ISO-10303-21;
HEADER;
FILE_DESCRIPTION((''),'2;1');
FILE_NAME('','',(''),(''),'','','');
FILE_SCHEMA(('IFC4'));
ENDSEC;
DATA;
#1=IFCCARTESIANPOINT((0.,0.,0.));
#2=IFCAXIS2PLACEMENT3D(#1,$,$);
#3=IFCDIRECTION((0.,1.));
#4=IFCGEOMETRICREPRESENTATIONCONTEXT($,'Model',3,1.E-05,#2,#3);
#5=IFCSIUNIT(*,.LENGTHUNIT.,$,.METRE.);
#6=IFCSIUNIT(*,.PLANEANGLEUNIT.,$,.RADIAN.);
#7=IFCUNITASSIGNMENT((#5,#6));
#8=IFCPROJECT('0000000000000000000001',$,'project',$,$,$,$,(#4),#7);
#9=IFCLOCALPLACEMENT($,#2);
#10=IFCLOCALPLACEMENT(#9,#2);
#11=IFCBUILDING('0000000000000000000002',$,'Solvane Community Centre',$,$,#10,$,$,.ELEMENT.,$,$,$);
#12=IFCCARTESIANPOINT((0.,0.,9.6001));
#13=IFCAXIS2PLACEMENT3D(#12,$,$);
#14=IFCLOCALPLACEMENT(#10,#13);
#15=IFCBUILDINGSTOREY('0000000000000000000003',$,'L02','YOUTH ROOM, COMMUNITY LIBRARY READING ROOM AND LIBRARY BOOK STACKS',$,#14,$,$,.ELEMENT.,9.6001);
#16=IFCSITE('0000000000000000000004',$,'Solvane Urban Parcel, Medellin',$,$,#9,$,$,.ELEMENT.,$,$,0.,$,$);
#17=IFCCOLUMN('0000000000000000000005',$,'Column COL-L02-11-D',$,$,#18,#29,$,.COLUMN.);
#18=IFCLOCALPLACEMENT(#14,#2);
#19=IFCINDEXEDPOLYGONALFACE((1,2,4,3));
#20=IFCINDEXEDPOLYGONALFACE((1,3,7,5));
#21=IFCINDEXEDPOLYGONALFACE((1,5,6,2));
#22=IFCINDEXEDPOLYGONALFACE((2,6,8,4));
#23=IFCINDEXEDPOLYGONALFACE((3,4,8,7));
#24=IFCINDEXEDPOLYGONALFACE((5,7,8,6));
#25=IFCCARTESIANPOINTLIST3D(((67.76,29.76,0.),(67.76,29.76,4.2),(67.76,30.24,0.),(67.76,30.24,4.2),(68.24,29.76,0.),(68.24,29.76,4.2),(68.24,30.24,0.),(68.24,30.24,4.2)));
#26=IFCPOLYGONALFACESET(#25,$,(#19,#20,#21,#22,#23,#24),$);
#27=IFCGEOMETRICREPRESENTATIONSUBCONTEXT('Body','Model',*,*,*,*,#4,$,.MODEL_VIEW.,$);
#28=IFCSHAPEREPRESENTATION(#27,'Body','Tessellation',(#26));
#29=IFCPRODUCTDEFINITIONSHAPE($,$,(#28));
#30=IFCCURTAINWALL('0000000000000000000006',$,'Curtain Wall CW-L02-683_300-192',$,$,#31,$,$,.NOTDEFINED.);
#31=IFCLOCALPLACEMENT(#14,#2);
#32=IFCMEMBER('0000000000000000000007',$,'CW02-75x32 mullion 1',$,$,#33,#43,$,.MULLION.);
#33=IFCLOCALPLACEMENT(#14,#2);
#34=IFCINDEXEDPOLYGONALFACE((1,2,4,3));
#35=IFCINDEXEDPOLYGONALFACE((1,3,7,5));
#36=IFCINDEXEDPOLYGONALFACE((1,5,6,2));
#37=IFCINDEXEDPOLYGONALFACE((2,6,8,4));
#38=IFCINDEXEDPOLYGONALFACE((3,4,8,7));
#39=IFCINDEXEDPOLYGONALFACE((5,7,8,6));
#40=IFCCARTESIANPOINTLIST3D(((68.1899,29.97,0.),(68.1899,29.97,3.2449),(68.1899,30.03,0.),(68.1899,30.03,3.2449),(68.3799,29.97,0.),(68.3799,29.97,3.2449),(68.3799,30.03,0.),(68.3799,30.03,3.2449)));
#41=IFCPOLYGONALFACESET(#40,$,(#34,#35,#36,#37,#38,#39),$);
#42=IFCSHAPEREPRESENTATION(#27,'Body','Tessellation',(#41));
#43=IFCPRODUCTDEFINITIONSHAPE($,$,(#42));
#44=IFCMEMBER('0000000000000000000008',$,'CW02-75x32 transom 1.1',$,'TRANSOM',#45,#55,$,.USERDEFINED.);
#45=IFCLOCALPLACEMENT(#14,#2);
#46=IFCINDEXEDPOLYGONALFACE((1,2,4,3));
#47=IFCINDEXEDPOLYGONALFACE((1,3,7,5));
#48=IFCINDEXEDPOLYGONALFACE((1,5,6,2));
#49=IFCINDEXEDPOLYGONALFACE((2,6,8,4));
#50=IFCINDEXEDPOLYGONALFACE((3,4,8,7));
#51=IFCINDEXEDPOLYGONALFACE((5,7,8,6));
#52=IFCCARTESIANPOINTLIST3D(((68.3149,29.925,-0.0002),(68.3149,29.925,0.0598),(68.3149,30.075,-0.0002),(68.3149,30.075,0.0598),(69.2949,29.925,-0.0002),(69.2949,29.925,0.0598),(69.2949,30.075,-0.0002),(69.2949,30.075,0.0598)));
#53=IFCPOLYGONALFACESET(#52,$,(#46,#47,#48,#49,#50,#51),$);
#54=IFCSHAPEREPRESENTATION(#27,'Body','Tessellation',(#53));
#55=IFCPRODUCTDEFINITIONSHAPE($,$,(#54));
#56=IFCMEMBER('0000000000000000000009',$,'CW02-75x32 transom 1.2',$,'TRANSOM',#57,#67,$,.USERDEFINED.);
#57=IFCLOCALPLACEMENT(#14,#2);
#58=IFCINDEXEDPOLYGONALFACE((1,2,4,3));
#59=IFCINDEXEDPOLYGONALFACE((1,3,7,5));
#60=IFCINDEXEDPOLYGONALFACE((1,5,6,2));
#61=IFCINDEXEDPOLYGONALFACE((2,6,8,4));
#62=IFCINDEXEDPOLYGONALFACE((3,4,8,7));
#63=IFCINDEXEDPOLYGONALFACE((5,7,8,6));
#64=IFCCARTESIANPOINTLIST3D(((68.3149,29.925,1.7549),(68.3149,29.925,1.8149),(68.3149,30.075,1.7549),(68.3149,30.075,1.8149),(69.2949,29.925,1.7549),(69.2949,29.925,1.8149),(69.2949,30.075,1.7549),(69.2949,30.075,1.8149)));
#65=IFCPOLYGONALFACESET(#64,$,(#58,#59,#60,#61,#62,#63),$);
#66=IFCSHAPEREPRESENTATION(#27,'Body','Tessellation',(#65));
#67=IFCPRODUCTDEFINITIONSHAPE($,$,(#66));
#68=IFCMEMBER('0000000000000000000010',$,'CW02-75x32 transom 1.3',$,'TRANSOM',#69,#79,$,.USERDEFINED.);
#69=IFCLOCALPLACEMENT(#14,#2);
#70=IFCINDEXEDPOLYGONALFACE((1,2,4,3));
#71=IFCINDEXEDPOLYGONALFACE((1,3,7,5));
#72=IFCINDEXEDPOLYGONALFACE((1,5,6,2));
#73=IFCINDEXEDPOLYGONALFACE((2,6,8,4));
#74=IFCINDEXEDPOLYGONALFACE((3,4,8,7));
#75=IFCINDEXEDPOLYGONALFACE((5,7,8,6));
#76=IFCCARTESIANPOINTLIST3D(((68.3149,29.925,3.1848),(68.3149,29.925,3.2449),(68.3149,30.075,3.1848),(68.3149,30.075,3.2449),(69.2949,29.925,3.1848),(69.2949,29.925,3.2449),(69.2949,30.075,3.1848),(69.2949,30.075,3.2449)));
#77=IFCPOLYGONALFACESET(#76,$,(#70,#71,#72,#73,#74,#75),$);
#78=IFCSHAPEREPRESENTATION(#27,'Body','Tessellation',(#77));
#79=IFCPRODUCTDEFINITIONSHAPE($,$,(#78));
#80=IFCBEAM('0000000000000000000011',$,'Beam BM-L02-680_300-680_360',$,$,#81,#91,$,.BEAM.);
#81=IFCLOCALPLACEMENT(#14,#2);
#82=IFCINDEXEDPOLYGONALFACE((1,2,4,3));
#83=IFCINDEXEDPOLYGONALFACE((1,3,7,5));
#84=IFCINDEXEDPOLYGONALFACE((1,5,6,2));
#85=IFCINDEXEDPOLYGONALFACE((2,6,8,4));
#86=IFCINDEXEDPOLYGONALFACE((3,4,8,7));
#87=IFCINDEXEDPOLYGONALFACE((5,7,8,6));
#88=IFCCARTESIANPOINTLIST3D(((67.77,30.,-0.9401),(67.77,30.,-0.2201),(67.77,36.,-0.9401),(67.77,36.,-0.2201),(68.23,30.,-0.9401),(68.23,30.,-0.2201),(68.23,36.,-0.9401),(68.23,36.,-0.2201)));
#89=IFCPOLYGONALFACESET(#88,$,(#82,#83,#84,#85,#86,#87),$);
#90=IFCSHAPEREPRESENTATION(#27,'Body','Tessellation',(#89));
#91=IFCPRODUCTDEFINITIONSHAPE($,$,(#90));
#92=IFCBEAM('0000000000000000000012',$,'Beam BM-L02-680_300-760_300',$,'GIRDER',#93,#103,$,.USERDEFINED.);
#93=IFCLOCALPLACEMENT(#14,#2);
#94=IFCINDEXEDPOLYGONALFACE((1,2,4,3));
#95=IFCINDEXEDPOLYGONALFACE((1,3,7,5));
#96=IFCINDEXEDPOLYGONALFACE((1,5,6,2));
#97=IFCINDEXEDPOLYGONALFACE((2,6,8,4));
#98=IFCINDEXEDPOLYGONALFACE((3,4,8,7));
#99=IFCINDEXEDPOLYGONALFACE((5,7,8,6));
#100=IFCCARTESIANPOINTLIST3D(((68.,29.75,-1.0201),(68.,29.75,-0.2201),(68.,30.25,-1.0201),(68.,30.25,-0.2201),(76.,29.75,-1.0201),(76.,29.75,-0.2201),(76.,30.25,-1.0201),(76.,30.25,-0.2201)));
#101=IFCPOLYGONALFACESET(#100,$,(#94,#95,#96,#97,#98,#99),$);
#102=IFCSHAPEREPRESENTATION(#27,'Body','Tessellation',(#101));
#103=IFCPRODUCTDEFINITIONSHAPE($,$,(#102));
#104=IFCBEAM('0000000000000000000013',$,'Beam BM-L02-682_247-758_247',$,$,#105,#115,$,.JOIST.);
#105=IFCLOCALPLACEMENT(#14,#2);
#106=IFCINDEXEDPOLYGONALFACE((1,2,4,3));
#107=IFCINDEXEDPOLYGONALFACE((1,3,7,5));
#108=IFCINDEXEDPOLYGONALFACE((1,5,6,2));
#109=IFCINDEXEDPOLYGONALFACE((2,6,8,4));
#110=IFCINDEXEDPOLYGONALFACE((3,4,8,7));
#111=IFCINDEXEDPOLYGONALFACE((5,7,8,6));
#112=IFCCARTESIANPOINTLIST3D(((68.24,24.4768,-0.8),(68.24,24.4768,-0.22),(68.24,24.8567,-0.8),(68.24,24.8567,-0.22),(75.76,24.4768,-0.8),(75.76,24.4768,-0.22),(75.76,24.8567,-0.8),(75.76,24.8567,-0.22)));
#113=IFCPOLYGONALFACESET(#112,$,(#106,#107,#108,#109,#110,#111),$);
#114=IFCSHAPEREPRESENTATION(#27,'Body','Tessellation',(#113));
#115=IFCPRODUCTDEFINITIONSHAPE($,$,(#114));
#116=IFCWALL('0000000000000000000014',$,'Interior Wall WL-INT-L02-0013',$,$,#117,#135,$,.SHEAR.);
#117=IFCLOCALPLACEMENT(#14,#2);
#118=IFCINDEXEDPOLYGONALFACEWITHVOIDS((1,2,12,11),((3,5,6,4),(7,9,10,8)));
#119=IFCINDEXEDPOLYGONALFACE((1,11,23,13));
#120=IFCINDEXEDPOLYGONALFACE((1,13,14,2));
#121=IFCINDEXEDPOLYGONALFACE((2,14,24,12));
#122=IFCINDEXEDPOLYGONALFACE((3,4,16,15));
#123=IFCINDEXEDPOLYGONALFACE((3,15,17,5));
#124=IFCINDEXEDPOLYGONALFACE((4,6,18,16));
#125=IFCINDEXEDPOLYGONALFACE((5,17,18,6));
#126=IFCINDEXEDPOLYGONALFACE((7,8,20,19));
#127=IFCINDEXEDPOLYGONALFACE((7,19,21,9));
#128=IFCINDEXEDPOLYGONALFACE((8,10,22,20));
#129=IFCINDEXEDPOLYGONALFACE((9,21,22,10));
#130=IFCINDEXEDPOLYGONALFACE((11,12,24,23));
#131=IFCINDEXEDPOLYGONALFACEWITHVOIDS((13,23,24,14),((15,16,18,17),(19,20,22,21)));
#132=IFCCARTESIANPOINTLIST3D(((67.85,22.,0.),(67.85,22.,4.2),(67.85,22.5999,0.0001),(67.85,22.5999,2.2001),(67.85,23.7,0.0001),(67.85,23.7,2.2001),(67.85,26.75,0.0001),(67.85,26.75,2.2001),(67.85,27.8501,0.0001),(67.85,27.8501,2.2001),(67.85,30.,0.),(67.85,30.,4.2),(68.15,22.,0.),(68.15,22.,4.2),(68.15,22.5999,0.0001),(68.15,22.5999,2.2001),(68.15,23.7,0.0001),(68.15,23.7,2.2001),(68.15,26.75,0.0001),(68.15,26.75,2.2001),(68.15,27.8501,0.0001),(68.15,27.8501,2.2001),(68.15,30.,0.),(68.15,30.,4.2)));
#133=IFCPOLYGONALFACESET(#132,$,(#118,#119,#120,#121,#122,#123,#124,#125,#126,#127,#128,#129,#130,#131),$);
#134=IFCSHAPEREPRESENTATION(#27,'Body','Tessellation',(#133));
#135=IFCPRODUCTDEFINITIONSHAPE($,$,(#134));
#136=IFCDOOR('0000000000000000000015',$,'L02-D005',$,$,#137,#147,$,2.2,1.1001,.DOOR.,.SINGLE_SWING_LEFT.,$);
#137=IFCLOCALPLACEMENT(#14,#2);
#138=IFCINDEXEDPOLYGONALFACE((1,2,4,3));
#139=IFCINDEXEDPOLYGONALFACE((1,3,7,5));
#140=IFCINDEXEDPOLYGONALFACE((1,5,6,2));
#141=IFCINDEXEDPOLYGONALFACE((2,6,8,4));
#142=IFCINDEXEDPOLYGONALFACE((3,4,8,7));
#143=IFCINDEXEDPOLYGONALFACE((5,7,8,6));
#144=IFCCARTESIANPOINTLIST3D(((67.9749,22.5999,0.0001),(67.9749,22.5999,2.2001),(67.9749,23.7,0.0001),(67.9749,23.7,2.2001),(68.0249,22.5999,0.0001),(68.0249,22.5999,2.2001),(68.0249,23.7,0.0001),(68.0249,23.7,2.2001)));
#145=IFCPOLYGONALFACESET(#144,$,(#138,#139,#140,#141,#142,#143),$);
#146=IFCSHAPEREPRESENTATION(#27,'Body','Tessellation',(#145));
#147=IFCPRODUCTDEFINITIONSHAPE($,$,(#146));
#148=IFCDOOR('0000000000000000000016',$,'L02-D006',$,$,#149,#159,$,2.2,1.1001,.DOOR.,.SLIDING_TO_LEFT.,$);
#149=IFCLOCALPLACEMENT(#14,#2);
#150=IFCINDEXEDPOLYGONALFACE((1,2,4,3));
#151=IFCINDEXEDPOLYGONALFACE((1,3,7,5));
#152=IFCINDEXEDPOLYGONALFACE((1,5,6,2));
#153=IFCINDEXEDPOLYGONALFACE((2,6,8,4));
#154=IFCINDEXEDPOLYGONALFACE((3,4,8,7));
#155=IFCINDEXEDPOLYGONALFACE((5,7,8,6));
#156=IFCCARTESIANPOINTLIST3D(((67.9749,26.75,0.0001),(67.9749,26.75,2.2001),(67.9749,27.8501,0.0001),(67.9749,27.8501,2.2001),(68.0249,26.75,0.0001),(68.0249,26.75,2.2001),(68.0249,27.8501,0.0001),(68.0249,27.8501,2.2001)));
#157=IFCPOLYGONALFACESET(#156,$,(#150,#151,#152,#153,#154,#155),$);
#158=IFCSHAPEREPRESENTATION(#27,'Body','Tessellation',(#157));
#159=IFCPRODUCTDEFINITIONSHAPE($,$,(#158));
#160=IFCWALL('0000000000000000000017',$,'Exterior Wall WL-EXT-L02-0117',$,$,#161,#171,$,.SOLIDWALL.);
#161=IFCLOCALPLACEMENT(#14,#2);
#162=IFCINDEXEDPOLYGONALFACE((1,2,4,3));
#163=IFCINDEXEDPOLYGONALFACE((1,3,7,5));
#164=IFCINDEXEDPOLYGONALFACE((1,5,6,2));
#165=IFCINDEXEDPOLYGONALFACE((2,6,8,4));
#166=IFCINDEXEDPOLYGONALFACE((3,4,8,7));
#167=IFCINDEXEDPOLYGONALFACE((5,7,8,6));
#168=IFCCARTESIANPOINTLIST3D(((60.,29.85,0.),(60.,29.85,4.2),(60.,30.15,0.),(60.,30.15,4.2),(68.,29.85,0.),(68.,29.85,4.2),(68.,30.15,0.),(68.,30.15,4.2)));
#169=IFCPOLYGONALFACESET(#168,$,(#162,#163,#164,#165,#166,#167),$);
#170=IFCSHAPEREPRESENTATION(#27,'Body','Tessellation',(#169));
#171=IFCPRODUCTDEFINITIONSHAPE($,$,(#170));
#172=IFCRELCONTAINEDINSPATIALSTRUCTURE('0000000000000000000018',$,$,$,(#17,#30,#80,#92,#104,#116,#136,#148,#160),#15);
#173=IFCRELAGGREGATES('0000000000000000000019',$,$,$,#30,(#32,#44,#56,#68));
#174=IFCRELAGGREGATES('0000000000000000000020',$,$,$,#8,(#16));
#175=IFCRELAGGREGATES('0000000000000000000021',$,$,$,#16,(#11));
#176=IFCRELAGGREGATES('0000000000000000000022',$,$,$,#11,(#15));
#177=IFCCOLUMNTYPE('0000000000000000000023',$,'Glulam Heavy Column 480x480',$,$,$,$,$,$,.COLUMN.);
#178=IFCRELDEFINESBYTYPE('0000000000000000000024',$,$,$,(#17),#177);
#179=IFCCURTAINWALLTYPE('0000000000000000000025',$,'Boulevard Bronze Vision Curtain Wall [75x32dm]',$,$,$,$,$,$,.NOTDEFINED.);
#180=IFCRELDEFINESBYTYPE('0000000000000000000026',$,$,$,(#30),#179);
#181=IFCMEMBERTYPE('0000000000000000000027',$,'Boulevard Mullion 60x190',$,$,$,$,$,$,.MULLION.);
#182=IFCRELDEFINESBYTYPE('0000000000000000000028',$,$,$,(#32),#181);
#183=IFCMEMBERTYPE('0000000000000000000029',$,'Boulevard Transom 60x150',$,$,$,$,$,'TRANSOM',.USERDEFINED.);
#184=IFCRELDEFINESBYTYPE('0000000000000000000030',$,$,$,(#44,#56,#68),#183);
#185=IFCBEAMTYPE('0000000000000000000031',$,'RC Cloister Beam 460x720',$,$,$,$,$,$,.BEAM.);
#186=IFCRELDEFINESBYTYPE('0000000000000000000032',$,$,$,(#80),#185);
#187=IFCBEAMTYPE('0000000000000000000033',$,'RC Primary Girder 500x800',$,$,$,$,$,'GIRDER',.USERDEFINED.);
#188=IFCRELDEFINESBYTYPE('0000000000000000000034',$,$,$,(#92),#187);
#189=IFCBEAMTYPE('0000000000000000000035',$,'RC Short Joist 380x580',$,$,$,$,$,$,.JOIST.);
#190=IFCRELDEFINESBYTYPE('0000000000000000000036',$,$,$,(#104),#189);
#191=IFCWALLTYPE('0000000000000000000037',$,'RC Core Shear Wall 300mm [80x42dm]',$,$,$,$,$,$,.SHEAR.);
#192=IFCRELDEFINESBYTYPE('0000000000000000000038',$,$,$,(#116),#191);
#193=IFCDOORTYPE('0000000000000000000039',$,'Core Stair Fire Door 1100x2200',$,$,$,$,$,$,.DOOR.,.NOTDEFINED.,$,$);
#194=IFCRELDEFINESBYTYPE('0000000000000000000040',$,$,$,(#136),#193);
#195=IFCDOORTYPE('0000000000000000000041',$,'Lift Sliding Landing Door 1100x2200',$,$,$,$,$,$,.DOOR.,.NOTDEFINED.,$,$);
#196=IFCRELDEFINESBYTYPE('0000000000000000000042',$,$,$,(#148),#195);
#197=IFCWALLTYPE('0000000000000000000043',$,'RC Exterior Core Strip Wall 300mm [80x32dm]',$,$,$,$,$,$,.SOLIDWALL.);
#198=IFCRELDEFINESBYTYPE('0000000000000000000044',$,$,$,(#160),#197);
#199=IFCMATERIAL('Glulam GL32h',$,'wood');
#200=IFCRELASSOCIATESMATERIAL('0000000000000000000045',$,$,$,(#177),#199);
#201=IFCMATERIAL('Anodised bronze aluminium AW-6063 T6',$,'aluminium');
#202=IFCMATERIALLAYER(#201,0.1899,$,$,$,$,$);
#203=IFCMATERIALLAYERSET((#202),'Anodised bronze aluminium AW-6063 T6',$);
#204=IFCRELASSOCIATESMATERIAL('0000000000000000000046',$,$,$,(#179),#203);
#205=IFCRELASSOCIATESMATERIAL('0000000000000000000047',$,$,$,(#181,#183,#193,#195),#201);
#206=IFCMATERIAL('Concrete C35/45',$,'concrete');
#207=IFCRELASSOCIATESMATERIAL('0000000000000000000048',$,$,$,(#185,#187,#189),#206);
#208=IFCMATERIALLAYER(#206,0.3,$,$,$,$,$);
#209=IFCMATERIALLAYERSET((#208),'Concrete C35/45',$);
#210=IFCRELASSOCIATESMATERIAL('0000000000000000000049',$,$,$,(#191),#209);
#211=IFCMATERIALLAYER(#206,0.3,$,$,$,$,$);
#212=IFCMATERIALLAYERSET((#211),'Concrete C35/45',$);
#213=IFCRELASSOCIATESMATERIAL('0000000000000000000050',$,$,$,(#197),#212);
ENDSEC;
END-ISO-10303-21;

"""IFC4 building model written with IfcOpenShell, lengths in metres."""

from ifc_helpers import new_model, si_unit, direction, frame, frame_2d, origin, origin_2d, place, context, subcontext, project, spatial, rectangle, extrude, material, layer, layer_set, material_profile, profile_set, type_object, element, fill, aggregate, save


model = new_model("IFC4")

# Units and contexts
model_context = context("Model", 3, precision=1e-05, world=origin(), true_north=direction((0.0, 1.0)))
body_context = subcontext(model_context, "Body", "Model", "MODEL_VIEW")
ifc_project = project(units=[si_unit("LENGTHUNIT", "METRE"), si_unit("PLANEANGLEUNIT", "RADIAN")], contexts=[model_context])

# Site, building, storey
site_placement = place(None, origin())
site = spatial("IfcSite", under=ifc_project, at=site_placement, Name="Solvane Urban Parcel, Medellin", CompositionType="ELEMENT", RefElevation=0.0)
building_placement = place(site_placement, origin())
building = spatial("IfcBuilding", under=site, at=building_placement, Name="Solvane Community Centre", CompositionType="ELEMENT")
storey_placement = place(building_placement, frame((0.0, 0.0, 9.6001)))
storey = spatial("IfcBuildingStorey", under=building, at=storey_placement, Name="L02", Description="YOUTH ROOM, COMMUNITY LIBRARY READING ROOM AND LIBRARY BOOK STACKS", CompositionType="ELEMENT", Elevation=9.6001)

# Column
ifc_material_1 = material(Name="Glulam GL32h", Category="wood")
ifc_material_profile_1 = material_profile(ifc_material_1, rectangle(XDim=0.48, YDim=0.48, at=origin_2d()), Name="GL32h 480x480")
ifc_profile_set_1 = profile_set([ifc_material_profile_1], Name="Glulam GL32h")
column_type = type_object("IfcColumnType", Name="Glulam Heavy Column 480x480", PredefinedType="COLUMN", material=ifc_profile_set_1)
column_placement = place(storey_placement, frame((68.0, 30.0, 0.0), z_axis=(0.0, 0.0, 1.0), x_axis=(1.0, 0.0, 0.0)))
element("IfcColumn", 1, at=column_placement, inside=storey, type_object=column_type, Name="Column COL-L02-11-D", PredefinedType="COLUMN", context=body_context, shape_type="SweptSolid", body=[
    extrude(rectangle(XDim=0.48, YDim=0.48, at=origin_2d()), origin(), (0.0, 0.0, 1.0), 4.2),
])

# Curtain wall, members
ifc_material_2 = material(Name="Anodised bronze aluminium AW-6063 T6", Category="aluminium")
ifc_layer_1 = layer(ifc_material_2, 0.1899)
ifc_layer_set_1 = layer_set([ifc_layer_1], Name="Anodised bronze aluminium AW-6063 T6")
curtain_wall_type = type_object("IfcCurtainWallType", Name="Boulevard Bronze Vision Curtain Wall [75x32dm]", PredefinedType="NOTDEFINED", material=ifc_layer_set_1)
curtain_wall_placement = place(storey_placement, origin())
curtain_wall = element("IfcCurtainWall", 2, at=curtain_wall_placement, inside=storey, type_object=curtain_wall_type, Name="Curtain Wall CW-L02-683_300-192", PredefinedType="NOTDEFINED")
ifc_material_profile_2 = material_profile(ifc_material_2, rectangle(XDim=0.0601, YDim=0.1899, at=origin_2d()), Name="CW-M 60x190")
ifc_profile_set_2 = profile_set([ifc_material_profile_2], Name="Anodised bronze aluminium AW-6063 T6")
member_type_1 = type_object("IfcMemberType", Name="Boulevard Mullion 60x190", PredefinedType="MULLION", material=ifc_profile_set_2)
member_1_placement = place(storey_placement, frame((68.2849, 30.0, 0.0), z_axis=(0.0, 0.0, 1.0), x_axis=(0.0, 1.0, 0.0)))
member_1 = element("IfcMember", 3, at=member_1_placement, type_object=member_type_1, Name="CW02-75x32 mullion 1", PredefinedType="MULLION", context=body_context, shape_type="SweptSolid", body=[
    extrude(rectangle(XDim=0.0601, YDim=0.1899, at=origin_2d()), origin(), (0.0, 0.0, 1.0), 3.2449),
])
ifc_material_profile_3 = material_profile(ifc_material_2, rectangle(XDim=0.1499, YDim=0.0601, at=origin_2d()), Name="CW-T 60x150")
ifc_profile_set_3 = profile_set([ifc_material_profile_3], Name="Anodised bronze aluminium AW-6063 T6")
member_type_2 = type_object("IfcMemberType", Name="Boulevard Transom 60x150", ElementType="TRANSOM", PredefinedType="USERDEFINED", material=ifc_profile_set_3)
member_2_placement = place(storey_placement, frame((68.3149, 30.0, 0.0298), z_axis=(1.0, 0.0, 0.0), x_axis=(0.0, 1.0, 0.0)))
member_2 = element("IfcMember", 4, at=member_2_placement, type_object=member_type_2, Name="CW02-75x32 transom 1.1", ObjectType="TRANSOM", PredefinedType="USERDEFINED", context=body_context, shape_type="SweptSolid", body=[
    extrude(rectangle(XDim=0.1499, YDim=0.0601, at=origin_2d()), origin(), (0.0, 0.0, 1.0), 0.98),
])
member_3_placement = place(storey_placement, frame((68.3149, 30.0, 1.7849), z_axis=(1.0, 0.0, 0.0), x_axis=(0.0, 1.0, 0.0)))
member_3 = element("IfcMember", 5, at=member_3_placement, type_object=member_type_2, Name="CW02-75x32 transom 1.2", ObjectType="TRANSOM", PredefinedType="USERDEFINED", context=body_context, shape_type="SweptSolid", body=[
    extrude(rectangle(XDim=0.1499, YDim=0.0601, at=origin_2d()), origin(), (0.0, 0.0, 1.0), 0.98),
])
member_4_placement = place(storey_placement, frame((68.3149, 30.0, 3.2148), z_axis=(1.0, 0.0, 0.0), x_axis=(0.0, 1.0, 0.0)))
member_4 = element("IfcMember", 6, at=member_4_placement, type_object=member_type_2, Name="CW02-75x32 transom 1.3", ObjectType="TRANSOM", PredefinedType="USERDEFINED", context=body_context, shape_type="SweptSolid", body=[
    extrude(rectangle(XDim=0.1499, YDim=0.0601, at=origin_2d()), origin(), (0.0, 0.0, 1.0), 0.98),
])
aggregate(curtain_wall, [member_1, member_2, member_3, member_4])

# Beams
ifc_material_3 = material(Name="Concrete C35/45", Category="concrete")
ifc_material_profile_4 = material_profile(ifc_material_3, rectangle(XDim=0.46, YDim=0.72, at=origin_2d()), Name="RC 460x720")
ifc_profile_set_4 = profile_set([ifc_material_profile_4], Name="Concrete C35/45")
beam_type_1 = type_object("IfcBeamType", Name="RC Cloister Beam 460x720", PredefinedType="BEAM", material=ifc_profile_set_4)
beam_1_placement = place(storey_placement, frame((68.0, 30.0, -0.5801), z_axis=(0.0, 1.0, 0.0), x_axis=(-1.0, 0.0, 0.0)))
element("IfcBeam", 7, at=beam_1_placement, inside=storey, type_object=beam_type_1, Name="Beam BM-L02-680_300-680_360", PredefinedType="BEAM", context=body_context, shape_type="SweptSolid", body=[
    extrude(rectangle(XDim=0.46, YDim=0.72, at=origin_2d()), origin(), (0.0, 0.0, 1.0), 6.0),
])
ifc_material_profile_5 = material_profile(ifc_material_3, rectangle(XDim=0.5, YDim=0.8, at=origin_2d()), Name="RC 500x800")
ifc_profile_set_5 = profile_set([ifc_material_profile_5], Name="Concrete C35/45")
beam_type_2 = type_object("IfcBeamType", Name="RC Primary Girder 500x800", ElementType="GIRDER", PredefinedType="USERDEFINED", material=ifc_profile_set_5)
beam_2_placement = place(storey_placement, frame((68.0, 30.0, -0.6201), z_axis=(1.0, 0.0, 0.0), x_axis=(0.0, 1.0, 0.0)))
element("IfcBeam", 8, at=beam_2_placement, inside=storey, type_object=beam_type_2, Name="Beam BM-L02-680_300-760_300", ObjectType="GIRDER", PredefinedType="USERDEFINED", context=body_context, shape_type="SweptSolid", body=[
    extrude(rectangle(XDim=0.5, YDim=0.8, at=origin_2d()), origin(), (0.0, 0.0, 1.0), 8.0),
])
ifc_material_profile_6 = material_profile(ifc_material_3, rectangle(XDim=0.3799, YDim=0.5801, at=origin_2d()), Name="RC 380x580")
ifc_profile_set_6 = profile_set([ifc_material_profile_6], Name="Concrete C35/45")
beam_type_3 = type_object("IfcBeamType", Name="RC Short Joist 380x580", PredefinedType="JOIST", material=ifc_profile_set_6)
beam_3_placement = place(storey_placement, frame((68.24, 24.6667, -0.51), z_axis=(1.0, 0.0, 0.0), x_axis=(0.0, 1.0, 0.0)))
element("IfcBeam", 9, at=beam_3_placement, inside=storey, type_object=beam_type_3, Name="Beam BM-L02-682_247-758_247", PredefinedType="JOIST", context=body_context, shape_type="SweptSolid", body=[
    extrude(rectangle(XDim=0.3799, YDim=0.5801, at=origin_2d()), origin(), (0.0, 0.0, 1.0), 7.52),
])

# Wall, openings, doors
ifc_layer_2 = layer(ifc_material_3, 0.3)
ifc_layer_set_2 = layer_set([ifc_layer_2], Name="Concrete C35/45")
wall_type_1 = type_object("IfcWallType", Name="RC Core Shear Wall 300mm [80x42dm]", PredefinedType="SHEAR", material=ifc_layer_set_2)
wall_1_placement = place(storey_placement, frame((68.0, 30.0, 0.0), z_axis=(0.0, 0.0, 1.0), x_axis=(0.0, -1.0, 0.0)))
wall_1 = element("IfcWall", 10, at=wall_1_placement, inside=storey, type_object=wall_type_1, Name="Interior Wall WL-INT-L02-0013", PredefinedType="SHEAR", context=body_context, shape_type="SweptSolid", body=[
    extrude(rectangle(XDim=8.0, YDim=0.3, at=frame_2d((4.0, 0.0))), origin(), (0.0, 0.0, 1.0), 4.2),
])
opening_1_placement = place(wall_1_placement, frame((6.3, 0.0, 0.0)))
opening_1 = element("IfcOpeningElement", 11, at=opening_1_placement, cuts=wall_1, PredefinedType="OPENING", context=body_context, shape_type="SweptSolid", body=[
    extrude(rectangle(XDim=1.1001, YDim=2.2, at=frame_2d((0.55, 1.1001))), frame((0.0, 0.1599, 0.0), z_axis=(0.0, -1.0, 0.0), x_axis=(1.0, 0.0, 0.0)), (0.0, 0.0, 1.0), 0.3201),
])
opening_2_placement = place(wall_1_placement, frame((2.1499, 0.0, 0.0)))
opening_2 = element("IfcOpeningElement", 12, at=opening_2_placement, cuts=wall_1, PredefinedType="OPENING", context=body_context, shape_type="SweptSolid", body=[
    extrude(rectangle(XDim=1.1001, YDim=2.2, at=frame_2d((0.55, 1.1001))), frame((0.0, 0.1599, 0.0), z_axis=(0.0, -1.0, 0.0), x_axis=(1.0, 0.0, 0.0)), (0.0, 0.0, 1.0), 0.3201),
])
door_type_1 = type_object("IfcDoorType", Name="Core Stair Fire Door 1100x2200", OperationType="NOTDEFINED", PredefinedType="DOOR", material=ifc_material_2)
door_1_placement = place(opening_1_placement, origin())
door_1 = element("IfcDoor", 13, at=door_1_placement, inside=storey, type_object=door_type_1, Name="L02-D005", OperationType="SINGLE_SWING_LEFT", OverallHeight=2.2, OverallWidth=1.1001, PredefinedType="DOOR", context=body_context, shape_type="SweptSolid", body=[
    extrude(rectangle(XDim=1.1001, YDim=2.2, at=frame_2d((0.55, 1.1001))), frame((0.0, 0.0249, 0.0), z_axis=(0.0, -1.0, 0.0), x_axis=(1.0, 0.0, 0.0)), (0.0, 0.0, 1.0), 0.05),
])
fill(opening_1, door_1)
door_type_2 = type_object("IfcDoorType", Name="Lift Sliding Landing Door 1100x2200", OperationType="NOTDEFINED", PredefinedType="DOOR", material=ifc_material_2)
door_2_placement = place(opening_2_placement, origin())
door_2 = element("IfcDoor", 14, at=door_2_placement, inside=storey, type_object=door_type_2, Name="L02-D006", OperationType="SLIDING_TO_LEFT", OverallHeight=2.2, OverallWidth=1.1001, PredefinedType="DOOR", context=body_context, shape_type="SweptSolid", body=[
    extrude(rectangle(XDim=1.1001, YDim=2.2, at=frame_2d((0.55, 1.1001))), frame((0.0, 0.0249, 0.0), z_axis=(0.0, -1.0, 0.0), x_axis=(1.0, 0.0, 0.0)), (0.0, 0.0, 1.0), 0.05),
])
fill(opening_2, door_2)

# Wall
ifc_layer_3 = layer(ifc_material_3, 0.3)
ifc_layer_set_3 = layer_set([ifc_layer_3], Name="Concrete C35/45")
wall_type_2 = type_object("IfcWallType", Name="RC Exterior Core Strip Wall 300mm [80x32dm]", PredefinedType="SOLIDWALL", material=ifc_layer_set_3)
wall_2_placement = place(storey_placement, frame((60.0, 30.0, 0.0), z_axis=(0.0, 0.0, 1.0), x_axis=(1.0, 0.0, 0.0)))
element("IfcWall", 15, at=wall_2_placement, inside=storey, type_object=wall_type_2, Name="Exterior Wall WL-EXT-L02-0117", PredefinedType="SOLIDWALL", context=body_context, shape_type="SweptSolid", body=[
    extrude(rectangle(XDim=8.0, YDim=0.3, at=frame_2d((4.0, 0.0))), origin(), (0.0, 0.0, 1.0), 4.2),
])

save(model, "model.ifc")
